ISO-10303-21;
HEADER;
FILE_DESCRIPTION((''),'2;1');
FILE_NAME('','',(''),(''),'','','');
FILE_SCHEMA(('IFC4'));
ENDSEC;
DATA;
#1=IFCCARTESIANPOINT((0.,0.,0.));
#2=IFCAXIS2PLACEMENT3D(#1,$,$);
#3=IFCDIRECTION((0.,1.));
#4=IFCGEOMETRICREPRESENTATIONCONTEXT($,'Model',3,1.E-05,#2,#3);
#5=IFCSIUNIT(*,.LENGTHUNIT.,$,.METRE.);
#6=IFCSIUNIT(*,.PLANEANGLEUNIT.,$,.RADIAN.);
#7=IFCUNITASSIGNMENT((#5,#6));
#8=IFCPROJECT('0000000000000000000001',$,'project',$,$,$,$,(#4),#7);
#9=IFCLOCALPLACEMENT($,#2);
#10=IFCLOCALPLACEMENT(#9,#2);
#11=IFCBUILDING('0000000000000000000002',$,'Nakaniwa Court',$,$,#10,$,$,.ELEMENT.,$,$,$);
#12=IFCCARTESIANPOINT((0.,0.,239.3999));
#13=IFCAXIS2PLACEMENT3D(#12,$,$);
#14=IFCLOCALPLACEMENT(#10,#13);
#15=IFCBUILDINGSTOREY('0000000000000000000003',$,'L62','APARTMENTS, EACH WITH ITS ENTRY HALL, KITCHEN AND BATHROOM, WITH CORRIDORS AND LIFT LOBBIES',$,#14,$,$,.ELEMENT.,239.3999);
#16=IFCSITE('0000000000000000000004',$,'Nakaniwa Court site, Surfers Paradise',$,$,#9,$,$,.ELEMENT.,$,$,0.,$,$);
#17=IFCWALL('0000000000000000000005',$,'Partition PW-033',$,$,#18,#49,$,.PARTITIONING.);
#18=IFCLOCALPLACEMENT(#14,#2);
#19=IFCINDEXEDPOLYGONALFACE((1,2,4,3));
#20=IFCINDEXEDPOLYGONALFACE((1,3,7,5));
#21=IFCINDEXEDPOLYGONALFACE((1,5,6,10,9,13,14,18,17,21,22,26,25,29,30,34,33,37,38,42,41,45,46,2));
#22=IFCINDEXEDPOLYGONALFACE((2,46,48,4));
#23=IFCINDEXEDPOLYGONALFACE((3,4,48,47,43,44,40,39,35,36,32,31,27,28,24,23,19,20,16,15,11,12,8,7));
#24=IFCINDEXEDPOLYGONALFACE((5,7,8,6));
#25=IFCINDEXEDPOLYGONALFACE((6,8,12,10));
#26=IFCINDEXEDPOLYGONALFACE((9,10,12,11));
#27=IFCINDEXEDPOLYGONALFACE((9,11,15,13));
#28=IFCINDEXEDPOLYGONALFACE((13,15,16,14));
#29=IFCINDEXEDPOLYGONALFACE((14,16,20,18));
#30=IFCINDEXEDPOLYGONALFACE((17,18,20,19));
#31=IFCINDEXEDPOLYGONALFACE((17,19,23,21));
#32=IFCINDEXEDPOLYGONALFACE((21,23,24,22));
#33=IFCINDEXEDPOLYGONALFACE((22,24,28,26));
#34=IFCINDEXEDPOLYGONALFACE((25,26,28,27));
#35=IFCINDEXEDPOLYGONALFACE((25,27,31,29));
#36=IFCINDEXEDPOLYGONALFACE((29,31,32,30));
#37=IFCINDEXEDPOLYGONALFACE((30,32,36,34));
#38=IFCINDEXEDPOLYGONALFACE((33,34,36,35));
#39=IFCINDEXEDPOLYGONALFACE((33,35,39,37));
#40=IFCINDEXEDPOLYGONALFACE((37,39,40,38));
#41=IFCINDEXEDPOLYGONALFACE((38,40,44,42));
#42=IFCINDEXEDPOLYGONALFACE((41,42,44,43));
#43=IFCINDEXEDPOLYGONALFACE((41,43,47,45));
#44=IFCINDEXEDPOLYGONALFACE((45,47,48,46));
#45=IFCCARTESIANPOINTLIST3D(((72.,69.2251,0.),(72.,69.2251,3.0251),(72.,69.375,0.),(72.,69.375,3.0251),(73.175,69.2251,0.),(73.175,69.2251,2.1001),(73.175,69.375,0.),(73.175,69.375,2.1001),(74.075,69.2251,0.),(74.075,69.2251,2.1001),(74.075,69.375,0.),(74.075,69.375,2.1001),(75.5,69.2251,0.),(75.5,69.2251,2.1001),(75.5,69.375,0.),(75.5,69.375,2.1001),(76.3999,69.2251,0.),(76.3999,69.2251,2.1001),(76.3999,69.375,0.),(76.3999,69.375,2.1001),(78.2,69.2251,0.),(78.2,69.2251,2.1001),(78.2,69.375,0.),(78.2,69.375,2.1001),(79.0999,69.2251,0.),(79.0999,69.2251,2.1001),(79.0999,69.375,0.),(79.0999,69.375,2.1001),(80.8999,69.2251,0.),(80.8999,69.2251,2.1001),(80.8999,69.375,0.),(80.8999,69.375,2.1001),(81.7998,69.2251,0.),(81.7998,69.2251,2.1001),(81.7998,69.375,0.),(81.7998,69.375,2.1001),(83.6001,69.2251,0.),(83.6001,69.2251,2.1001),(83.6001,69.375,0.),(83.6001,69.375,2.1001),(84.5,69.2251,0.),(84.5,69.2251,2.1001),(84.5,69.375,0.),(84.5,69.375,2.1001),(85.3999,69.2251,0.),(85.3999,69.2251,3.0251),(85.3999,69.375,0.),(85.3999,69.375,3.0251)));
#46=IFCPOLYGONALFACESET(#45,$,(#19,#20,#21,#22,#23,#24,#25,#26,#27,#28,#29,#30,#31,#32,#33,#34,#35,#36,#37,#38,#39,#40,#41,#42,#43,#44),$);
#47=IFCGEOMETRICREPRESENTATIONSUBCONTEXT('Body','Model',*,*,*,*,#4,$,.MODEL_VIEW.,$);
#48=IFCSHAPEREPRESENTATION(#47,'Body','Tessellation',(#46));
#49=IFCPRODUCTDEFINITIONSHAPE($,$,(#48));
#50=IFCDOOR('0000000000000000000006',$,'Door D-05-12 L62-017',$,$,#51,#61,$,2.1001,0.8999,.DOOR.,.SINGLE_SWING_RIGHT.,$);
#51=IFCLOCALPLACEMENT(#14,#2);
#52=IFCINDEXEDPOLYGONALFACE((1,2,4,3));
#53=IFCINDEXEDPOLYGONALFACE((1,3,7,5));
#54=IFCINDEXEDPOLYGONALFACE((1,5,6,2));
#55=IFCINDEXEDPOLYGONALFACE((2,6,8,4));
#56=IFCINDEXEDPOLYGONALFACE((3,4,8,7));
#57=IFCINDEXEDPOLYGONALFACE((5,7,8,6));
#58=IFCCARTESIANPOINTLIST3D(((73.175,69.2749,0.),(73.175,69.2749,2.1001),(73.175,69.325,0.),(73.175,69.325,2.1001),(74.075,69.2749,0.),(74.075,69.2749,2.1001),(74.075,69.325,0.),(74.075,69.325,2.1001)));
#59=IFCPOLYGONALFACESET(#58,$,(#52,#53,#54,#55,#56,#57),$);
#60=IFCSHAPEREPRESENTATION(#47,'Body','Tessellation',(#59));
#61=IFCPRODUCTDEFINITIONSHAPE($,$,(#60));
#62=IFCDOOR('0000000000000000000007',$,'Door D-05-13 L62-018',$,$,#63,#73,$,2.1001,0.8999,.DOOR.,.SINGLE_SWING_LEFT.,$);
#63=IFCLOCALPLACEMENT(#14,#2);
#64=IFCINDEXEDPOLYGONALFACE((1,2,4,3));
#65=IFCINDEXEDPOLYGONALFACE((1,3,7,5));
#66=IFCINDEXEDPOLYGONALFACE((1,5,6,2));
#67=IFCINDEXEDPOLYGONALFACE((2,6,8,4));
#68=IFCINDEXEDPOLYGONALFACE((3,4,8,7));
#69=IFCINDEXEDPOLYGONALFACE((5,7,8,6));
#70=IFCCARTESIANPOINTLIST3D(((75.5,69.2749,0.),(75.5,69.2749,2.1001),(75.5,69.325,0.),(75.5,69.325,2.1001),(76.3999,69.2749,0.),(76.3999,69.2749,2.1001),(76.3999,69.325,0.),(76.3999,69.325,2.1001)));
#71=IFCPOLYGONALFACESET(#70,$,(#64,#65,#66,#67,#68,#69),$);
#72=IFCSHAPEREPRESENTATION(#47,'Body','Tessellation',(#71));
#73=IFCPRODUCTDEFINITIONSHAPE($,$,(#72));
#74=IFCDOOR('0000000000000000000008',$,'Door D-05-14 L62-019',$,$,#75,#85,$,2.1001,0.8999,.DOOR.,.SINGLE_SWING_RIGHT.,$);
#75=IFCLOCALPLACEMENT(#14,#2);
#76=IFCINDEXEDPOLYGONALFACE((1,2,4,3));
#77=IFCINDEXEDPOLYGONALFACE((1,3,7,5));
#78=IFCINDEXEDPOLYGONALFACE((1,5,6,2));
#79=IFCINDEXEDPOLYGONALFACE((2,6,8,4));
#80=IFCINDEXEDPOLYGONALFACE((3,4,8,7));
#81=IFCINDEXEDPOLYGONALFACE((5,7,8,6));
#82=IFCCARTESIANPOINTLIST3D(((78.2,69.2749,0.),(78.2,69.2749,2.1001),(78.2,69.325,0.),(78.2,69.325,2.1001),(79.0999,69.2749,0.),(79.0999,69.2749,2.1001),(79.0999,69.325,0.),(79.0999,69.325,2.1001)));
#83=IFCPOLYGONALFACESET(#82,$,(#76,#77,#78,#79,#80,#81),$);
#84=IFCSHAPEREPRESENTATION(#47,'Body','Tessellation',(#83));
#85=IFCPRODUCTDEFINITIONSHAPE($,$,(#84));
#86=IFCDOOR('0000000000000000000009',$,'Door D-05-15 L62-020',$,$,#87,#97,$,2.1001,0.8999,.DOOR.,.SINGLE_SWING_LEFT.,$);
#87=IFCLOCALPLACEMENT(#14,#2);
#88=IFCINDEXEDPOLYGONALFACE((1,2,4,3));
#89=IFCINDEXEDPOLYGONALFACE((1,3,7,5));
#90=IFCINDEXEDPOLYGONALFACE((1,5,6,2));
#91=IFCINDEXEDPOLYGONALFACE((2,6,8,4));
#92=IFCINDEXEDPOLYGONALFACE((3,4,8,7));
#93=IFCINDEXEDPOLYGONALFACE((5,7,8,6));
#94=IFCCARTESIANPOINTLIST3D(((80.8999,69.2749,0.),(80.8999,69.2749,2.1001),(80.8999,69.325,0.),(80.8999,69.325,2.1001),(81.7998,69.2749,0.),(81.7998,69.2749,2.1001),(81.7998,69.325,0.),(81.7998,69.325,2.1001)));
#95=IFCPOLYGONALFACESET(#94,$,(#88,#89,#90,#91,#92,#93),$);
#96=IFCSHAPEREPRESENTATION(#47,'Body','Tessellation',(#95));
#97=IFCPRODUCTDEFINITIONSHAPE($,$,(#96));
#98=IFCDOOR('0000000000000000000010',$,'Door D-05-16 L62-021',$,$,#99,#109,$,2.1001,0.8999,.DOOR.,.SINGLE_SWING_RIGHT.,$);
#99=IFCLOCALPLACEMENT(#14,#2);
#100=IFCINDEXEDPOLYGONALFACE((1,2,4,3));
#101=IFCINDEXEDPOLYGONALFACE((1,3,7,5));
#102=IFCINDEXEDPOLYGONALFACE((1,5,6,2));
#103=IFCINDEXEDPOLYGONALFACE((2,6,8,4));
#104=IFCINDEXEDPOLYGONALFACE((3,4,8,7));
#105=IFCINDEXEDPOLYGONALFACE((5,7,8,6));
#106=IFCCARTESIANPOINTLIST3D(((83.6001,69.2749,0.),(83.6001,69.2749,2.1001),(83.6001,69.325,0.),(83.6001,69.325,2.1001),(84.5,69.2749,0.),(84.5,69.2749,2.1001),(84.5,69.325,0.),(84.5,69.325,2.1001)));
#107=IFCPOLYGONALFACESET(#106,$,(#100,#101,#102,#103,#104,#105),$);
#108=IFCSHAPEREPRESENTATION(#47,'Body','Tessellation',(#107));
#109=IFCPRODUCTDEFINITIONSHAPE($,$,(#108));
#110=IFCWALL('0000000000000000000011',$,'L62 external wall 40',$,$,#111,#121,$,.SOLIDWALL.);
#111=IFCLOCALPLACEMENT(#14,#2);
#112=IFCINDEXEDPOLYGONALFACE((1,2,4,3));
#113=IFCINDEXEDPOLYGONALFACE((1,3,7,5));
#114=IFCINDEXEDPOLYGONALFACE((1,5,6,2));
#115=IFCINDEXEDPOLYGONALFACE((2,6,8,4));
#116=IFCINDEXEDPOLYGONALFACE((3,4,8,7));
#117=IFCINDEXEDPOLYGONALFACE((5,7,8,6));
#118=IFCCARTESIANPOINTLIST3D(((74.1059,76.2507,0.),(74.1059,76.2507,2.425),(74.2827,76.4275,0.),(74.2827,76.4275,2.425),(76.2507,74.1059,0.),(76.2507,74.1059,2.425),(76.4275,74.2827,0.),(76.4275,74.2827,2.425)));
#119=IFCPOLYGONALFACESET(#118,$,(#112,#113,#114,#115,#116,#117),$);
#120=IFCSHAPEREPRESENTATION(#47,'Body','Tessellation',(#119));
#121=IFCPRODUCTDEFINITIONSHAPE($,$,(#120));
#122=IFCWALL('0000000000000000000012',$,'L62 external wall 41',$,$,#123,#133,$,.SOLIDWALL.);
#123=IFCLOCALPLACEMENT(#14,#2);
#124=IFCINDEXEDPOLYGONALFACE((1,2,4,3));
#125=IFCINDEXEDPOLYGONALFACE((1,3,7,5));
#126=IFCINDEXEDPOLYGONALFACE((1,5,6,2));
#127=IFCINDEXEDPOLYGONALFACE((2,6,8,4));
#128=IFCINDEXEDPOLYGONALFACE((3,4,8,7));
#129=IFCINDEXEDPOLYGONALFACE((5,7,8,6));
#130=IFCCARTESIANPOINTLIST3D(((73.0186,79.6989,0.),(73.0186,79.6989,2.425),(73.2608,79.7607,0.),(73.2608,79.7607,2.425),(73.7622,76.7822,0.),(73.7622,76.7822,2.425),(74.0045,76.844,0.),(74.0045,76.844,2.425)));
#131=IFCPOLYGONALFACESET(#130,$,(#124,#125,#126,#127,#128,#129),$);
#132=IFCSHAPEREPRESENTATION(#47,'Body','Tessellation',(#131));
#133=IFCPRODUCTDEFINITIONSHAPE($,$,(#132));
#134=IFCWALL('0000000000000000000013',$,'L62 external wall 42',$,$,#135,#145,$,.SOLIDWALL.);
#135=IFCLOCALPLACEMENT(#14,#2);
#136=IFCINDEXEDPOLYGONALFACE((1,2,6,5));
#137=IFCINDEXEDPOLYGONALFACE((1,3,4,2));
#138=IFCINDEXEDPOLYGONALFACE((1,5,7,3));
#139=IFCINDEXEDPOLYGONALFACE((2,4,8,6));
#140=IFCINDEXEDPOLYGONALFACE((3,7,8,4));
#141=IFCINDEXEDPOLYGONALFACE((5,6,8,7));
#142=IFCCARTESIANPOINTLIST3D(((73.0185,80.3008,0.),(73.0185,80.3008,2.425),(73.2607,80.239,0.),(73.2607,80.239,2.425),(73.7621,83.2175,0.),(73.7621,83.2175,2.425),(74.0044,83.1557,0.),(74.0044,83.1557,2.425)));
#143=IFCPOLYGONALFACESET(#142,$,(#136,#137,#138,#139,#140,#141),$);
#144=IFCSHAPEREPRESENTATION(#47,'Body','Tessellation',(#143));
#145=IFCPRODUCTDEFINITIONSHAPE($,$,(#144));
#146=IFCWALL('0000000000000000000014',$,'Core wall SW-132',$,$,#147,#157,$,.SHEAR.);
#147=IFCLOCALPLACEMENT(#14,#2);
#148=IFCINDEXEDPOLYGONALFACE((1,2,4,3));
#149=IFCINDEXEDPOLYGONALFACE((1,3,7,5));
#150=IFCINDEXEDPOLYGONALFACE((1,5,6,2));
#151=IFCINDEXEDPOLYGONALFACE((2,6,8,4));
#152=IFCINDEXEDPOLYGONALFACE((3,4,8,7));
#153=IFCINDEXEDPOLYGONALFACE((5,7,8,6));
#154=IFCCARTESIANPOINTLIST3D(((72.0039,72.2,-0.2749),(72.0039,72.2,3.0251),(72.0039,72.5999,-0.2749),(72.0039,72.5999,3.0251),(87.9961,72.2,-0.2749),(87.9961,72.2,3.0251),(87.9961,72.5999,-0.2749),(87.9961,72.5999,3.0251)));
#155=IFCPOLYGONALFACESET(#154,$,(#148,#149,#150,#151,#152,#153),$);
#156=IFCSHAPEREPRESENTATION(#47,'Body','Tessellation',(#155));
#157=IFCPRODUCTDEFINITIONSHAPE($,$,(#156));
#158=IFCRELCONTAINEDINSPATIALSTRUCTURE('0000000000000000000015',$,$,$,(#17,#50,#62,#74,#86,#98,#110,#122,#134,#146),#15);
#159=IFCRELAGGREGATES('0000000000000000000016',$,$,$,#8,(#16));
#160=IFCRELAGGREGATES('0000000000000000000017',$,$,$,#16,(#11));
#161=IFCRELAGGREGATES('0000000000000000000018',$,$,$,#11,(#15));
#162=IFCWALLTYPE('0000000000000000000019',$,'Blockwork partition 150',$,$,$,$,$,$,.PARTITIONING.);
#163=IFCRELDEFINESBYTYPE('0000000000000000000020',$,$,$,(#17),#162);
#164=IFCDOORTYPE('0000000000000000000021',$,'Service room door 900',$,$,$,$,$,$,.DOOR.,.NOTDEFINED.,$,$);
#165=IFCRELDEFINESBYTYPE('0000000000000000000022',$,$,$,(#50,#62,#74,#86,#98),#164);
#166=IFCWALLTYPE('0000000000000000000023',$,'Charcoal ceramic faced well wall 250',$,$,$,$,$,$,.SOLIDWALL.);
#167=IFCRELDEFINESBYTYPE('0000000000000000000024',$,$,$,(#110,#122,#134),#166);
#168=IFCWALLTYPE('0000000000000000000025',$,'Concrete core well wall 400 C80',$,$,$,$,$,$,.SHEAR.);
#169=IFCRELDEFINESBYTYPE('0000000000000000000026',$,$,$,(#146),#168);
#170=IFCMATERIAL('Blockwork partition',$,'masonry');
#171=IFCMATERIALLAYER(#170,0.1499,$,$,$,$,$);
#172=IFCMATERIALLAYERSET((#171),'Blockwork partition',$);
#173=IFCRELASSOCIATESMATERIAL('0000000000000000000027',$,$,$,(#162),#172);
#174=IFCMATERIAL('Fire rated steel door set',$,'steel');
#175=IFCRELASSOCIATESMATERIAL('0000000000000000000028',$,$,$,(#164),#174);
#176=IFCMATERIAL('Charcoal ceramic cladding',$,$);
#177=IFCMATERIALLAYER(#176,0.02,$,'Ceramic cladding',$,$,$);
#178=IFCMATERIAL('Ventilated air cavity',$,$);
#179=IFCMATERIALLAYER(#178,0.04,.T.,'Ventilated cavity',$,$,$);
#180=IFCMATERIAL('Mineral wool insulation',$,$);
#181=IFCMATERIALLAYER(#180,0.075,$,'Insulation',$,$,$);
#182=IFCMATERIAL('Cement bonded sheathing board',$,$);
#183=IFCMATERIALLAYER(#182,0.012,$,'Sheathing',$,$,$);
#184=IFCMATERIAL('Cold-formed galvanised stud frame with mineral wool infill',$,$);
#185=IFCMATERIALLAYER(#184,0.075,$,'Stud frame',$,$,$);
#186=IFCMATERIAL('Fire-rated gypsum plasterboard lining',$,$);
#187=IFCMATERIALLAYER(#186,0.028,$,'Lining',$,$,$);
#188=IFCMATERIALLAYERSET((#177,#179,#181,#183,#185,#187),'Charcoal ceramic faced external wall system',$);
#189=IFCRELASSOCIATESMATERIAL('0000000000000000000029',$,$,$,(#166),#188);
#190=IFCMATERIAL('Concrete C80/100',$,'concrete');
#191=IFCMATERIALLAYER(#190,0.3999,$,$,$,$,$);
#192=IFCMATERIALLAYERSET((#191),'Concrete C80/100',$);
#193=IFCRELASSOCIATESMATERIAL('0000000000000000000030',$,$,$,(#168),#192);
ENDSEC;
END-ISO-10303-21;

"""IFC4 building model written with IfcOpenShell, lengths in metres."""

from ifc_helpers import new_model, si_unit, direction, frame, frame_2d, origin, place, context, subcontext, project, spatial, rectangle, extrude, material, layer, layer_set, type_object, element, fill, save


model = new_model("IFC4")

# Units and contexts
model_context = context("Model", 3, precision=1e-05, world=origin(), true_north=direction((0.0, 1.0)))
body_context = subcontext(model_context, "Body", "Model", "MODEL_VIEW")
ifc_project = project(units=[si_unit("LENGTHUNIT", "METRE"), si_unit("PLANEANGLEUNIT", "RADIAN")], contexts=[model_context])

# Site, building, storey
site_placement = place(None, origin())
site = spatial("IfcSite", under=ifc_project, at=site_placement, Name="Nakaniwa Court site, Surfers Paradise", CompositionType="ELEMENT", RefElevation=0.0)
building_placement = place(site_placement, origin())
building = spatial("IfcBuilding", under=site, at=building_placement, Name="Nakaniwa Court", CompositionType="ELEMENT")
storey_placement = place(building_placement, frame((0.0, 0.0, 239.3999)))
storey = spatial("IfcBuildingStorey", under=building, at=storey_placement, Name="L62", Description="APARTMENTS, EACH WITH ITS ENTRY HALL, KITCHEN AND BATHROOM, WITH CORRIDORS AND LIFT LOBBIES", CompositionType="ELEMENT", Elevation=239.3999)

# Shared definitions
ifc_material_1 = material(Name="Concrete C80/100", Category="concrete")

# Shared definitions
ifc_material_2 = material(Name="Blockwork partition", Category="masonry")
ifc_layer_1 = layer(ifc_material_2, 0.1499)
ifc_layer_set_1 = layer_set([ifc_layer_1], Name="Blockwork partition")
wall_type_1 = type_object("IfcWallType", Name="Blockwork partition 150", PredefinedType="PARTITIONING", material=ifc_layer_set_1)

# Wall, openings, doors
wall_1_placement = place(storey_placement, frame((72.0, 69.3, 0.0), z_axis=(0.0, 0.0, 1.0), x_axis=(1.0, 0.0, 0.0)))
wall_1 = element("IfcWall", 1, at=wall_1_placement, inside=storey, type_object=wall_type_1, Name="Partition PW-033", PredefinedType="PARTITIONING", context=body_context, shape_type="SweptSolid", body=[
    extrude(rectangle(XDim=13.3999, YDim=0.1499, at=frame_2d((6.7, 0.0))), origin(), (0.0, 0.0, 1.0), 3.0251),
])
opening_1_placement = place(wall_1_placement, frame((1.175, 0.0, 0.0)))
opening_1 = element("IfcOpeningElement", 2, at=opening_1_placement, cuts=wall_1, PredefinedType="OPENING", context=body_context, shape_type="SweptSolid", body=[
    extrude(rectangle(XDim=0.8999, YDim=2.1001, at=frame_2d((0.45, 1.05))), frame((0.0, 0.085, 0.0), z_axis=(0.0, -1.0, 0.0), x_axis=(1.0, 0.0, 0.0)), (0.0, 0.0, 1.0), 0.1699),
])
opening_2_placement = place(wall_1_placement, frame((3.5, 0.0, 0.0)))
opening_2 = element("IfcOpeningElement", 3, at=opening_2_placement, cuts=wall_1, PredefinedType="OPENING", context=body_context, shape_type="SweptSolid", body=[
    extrude(rectangle(XDim=0.8999, YDim=2.1001, at=frame_2d((0.45, 1.05))), frame((0.0, 0.085, 0.0), z_axis=(0.0, -1.0, 0.0), x_axis=(1.0, 0.0, 0.0)), (0.0, 0.0, 1.0), 0.1699),
])
opening_3_placement = place(wall_1_placement, frame((6.2, 0.0, 0.0)))
opening_3 = element("IfcOpeningElement", 4, at=opening_3_placement, cuts=wall_1, PredefinedType="OPENING", context=body_context, shape_type="SweptSolid", body=[
    extrude(rectangle(XDim=0.8999, YDim=2.1001, at=frame_2d((0.45, 1.05))), frame((0.0, 0.085, 0.0), z_axis=(0.0, -1.0, 0.0), x_axis=(1.0, 0.0, 0.0)), (0.0, 0.0, 1.0), 0.1699),
])
opening_4_placement = place(wall_1_placement, frame((8.8999, 0.0, 0.0)))
opening_4 = element("IfcOpeningElement", 5, at=opening_4_placement, cuts=wall_1, PredefinedType="OPENING", context=body_context, shape_type="SweptSolid", body=[
    extrude(rectangle(XDim=0.8999, YDim=2.1001, at=frame_2d((0.45, 1.05))), frame((0.0, 0.085, 0.0), z_axis=(0.0, -1.0, 0.0), x_axis=(1.0, 0.0, 0.0)), (0.0, 0.0, 1.0), 0.1699),
])
opening_5_placement = place(wall_1_placement, frame((11.6001, 0.0, 0.0)))
opening_5 = element("IfcOpeningElement", 6, at=opening_5_placement, cuts=wall_1, PredefinedType="OPENING", context=body_context, shape_type="SweptSolid", body=[
    extrude(rectangle(XDim=0.8999, YDim=2.1001, at=frame_2d((0.45, 1.05))), frame((0.0, 0.085, 0.0), z_axis=(0.0, -1.0, 0.0), x_axis=(1.0, 0.0, 0.0)), (0.0, 0.0, 1.0), 0.1699),
])
ifc_material_3 = material(Name="Fire rated steel door set", Category="steel")
door_type_1 = type_object("IfcDoorType", Name="Service room door 900", OperationType="NOTDEFINED", PredefinedType="DOOR", material=ifc_material_3)
door_1_placement = place(opening_1_placement, origin())
door_1 = element("IfcDoor", 7, at=door_1_placement, inside=storey, type_object=door_type_1, Name="Door D-05-12 L62-017", OperationType="SINGLE_SWING_RIGHT", OverallHeight=2.1001, OverallWidth=0.8999, PredefinedType="DOOR", context=body_context, shape_type="SweptSolid", body=[
    extrude(rectangle(XDim=0.8999, YDim=2.1001, at=frame_2d((0.45, 1.05))), frame((0.0, 0.0249, 0.0), z_axis=(0.0, -1.0, 0.0), x_axis=(1.0, 0.0, 0.0)), (0.0, 0.0, 1.0), 0.05),
])
fill(opening_1, door_1)
door_2_placement = place(opening_2_placement, origin())
door_2 = element("IfcDoor", 8, at=door_2_placement, inside=storey, type_object=door_type_1, Name="Door D-05-13 L62-018", OperationType="SINGLE_SWING_LEFT", OverallHeight=2.1001, OverallWidth=0.8999, PredefinedType="DOOR", context=body_context, shape_type="SweptSolid", body=[
    extrude(rectangle(XDim=0.8999, YDim=2.1001, at=frame_2d((0.45, 1.05))), frame((0.0, 0.0249, 0.0), z_axis=(0.0, -1.0, 0.0), x_axis=(1.0, 0.0, 0.0)), (0.0, 0.0, 1.0), 0.05),
])
fill(opening_2, door_2)
door_3_placement = place(opening_3_placement, origin())
door_3 = element("IfcDoor", 9, at=door_3_placement, inside=storey, type_object=door_type_1, Name="Door D-05-14 L62-019", OperationType="SINGLE_SWING_RIGHT", OverallHeight=2.1001, OverallWidth=0.8999, PredefinedType="DOOR", context=body_context, shape_type="SweptSolid", body=[
    extrude(rectangle(XDim=0.8999, YDim=2.1001, at=frame_2d((0.45, 1.05))), frame((0.0, 0.0249, 0.0), z_axis=(0.0, -1.0, 0.0), x_axis=(1.0, 0.0, 0.0)), (0.0, 0.0, 1.0), 0.05),
])
fill(opening_3, door_3)
door_4_placement = place(opening_4_placement, origin())
door_4 = element("IfcDoor", 10, at=door_4_placement, inside=storey, type_object=door_type_1, Name="Door D-05-15 L62-020", OperationType="SINGLE_SWING_LEFT", OverallHeight=2.1001, OverallWidth=0.8999, PredefinedType="DOOR", context=body_context, shape_type="SweptSolid", body=[
    extrude(rectangle(XDim=0.8999, YDim=2.1001, at=frame_2d((0.45, 1.05))), frame((0.0, 0.0249, 0.0), z_axis=(0.0, -1.0, 0.0), x_axis=(1.0, 0.0, 0.0)), (0.0, 0.0, 1.0), 0.05),
])
fill(opening_4, door_4)
door_5_placement = place(opening_5_placement, origin())
door_5 = element("IfcDoor", 11, at=door_5_placement, inside=storey, type_object=door_type_1, Name="Door D-05-16 L62-021", OperationType="SINGLE_SWING_RIGHT", OverallHeight=2.1001, OverallWidth=0.8999, PredefinedType="DOOR", context=body_context, shape_type="SweptSolid", body=[
    extrude(rectangle(XDim=0.8999, YDim=2.1001, at=frame_2d((0.45, 1.05))), frame((0.0, 0.0249, 0.0), z_axis=(0.0, -1.0, 0.0), x_axis=(1.0, 0.0, 0.0)), (0.0, 0.0, 1.0), 0.05),
])
fill(opening_5, door_5)

# Walls
ifc_material_4 = material(Name="Charcoal ceramic cladding")
ifc_layer_2 = layer(ifc_material_4, 0.02, Name="Ceramic cladding")
ifc_material_5 = material(Name="Ventilated air cavity")
ifc_layer_3 = layer(ifc_material_5, 0.04, ventilated=True, Name="Ventilated cavity")
ifc_material_6 = material(Name="Mineral wool insulation")
ifc_layer_4 = layer(ifc_material_6, 0.075, Name="Insulation")
ifc_material_7 = material(Name="Cement bonded sheathing board")
ifc_layer_5 = layer(ifc_material_7, 0.012, Name="Sheathing")
ifc_material_8 = material(Name="Cold-formed galvanised stud frame with mineral wool infill")
ifc_layer_6 = layer(ifc_material_8, 0.075, Name="Stud frame")
ifc_material_9 = material(Name="Fire-rated gypsum plasterboard lining")
ifc_layer_7 = layer(ifc_material_9, 0.028, Name="Lining")
ifc_layer_set_2 = layer_set([ifc_layer_2, ifc_layer_3, ifc_layer_4, ifc_layer_5, ifc_layer_6, ifc_layer_7], Name="Charcoal ceramic faced external wall system")
wall_type_2 = type_object("IfcWallType", Name="Charcoal ceramic faced well wall 250", PredefinedType="SOLIDWALL", material=ifc_layer_set_2)
wall_2_placement = place(storey_placement, frame((76.3391, 74.1943, 0.0), z_axis=(0.0, 0.0, 1.0), x_axis=(-0.707107, 0.707107, 0.0)))
element("IfcWall", 12, at=wall_2_placement, inside=storey, type_object=wall_type_2, Name="L62 external wall 40", PredefinedType="SOLIDWALL", context=body_context, shape_type="SweptSolid", body=[
    extrude(rectangle(XDim=3.0332, YDim=0.25, at=frame_2d((1.5166, 0.0))), origin(), (0.0, 0.0, 1.0), 2.425),
])
for number, where, z_axis, x_axis, name in (
    (13, (73.8833, 76.8132, 0.0), (0.0, 0.0, 1.0), (-0.247056, 0.969001, 0.0), "L62 external wall 41"),
    (14, (73.1396, 80.27, 0.0), (0.0, 0.0, 1.0), (0.247056, 0.969001, 0.0), "L62 external wall 42"),
):
    element("IfcWall", number, at=place(storey_placement, frame(where, z_axis=z_axis, x_axis=x_axis)), inside=storey, type_object=wall_type_2, Name=name, PredefinedType="SOLIDWALL", context=body_context, shape_type="SweptSolid", body=[
        extrude(rectangle(XDim=3.01, YDim=0.25, at=frame_2d((1.5049, 0.0))), origin(), (0.0, 0.0, 1.0), 2.425),
    ])
ifc_layer_8 = layer(ifc_material_1, 0.3999)
ifc_layer_set_3 = layer_set([ifc_layer_8], Name="Concrete C80/100")
wall_type_3 = type_object("IfcWallType", Name="Concrete core well wall 400 C80", PredefinedType="SHEAR", material=ifc_layer_set_3)
wall_3_placement = place(storey_placement, frame((72.0039, 72.3999, -0.2749), z_axis=(0.0, 0.0, 1.0), x_axis=(1.0, 0.0, 0.0)))
element("IfcWall", 15, at=wall_3_placement, inside=storey, type_object=wall_type_3, Name="Core wall SW-132", PredefinedType="SHEAR", context=body_context, shape_type="SweptSolid", body=[
    extrude(rectangle(XDim=15.9922, YDim=0.3999, at=frame_2d((7.9961, 0.0))), origin(), (0.0, 0.0, 1.0), 3.3),
])

save(model, "model.ifc")
